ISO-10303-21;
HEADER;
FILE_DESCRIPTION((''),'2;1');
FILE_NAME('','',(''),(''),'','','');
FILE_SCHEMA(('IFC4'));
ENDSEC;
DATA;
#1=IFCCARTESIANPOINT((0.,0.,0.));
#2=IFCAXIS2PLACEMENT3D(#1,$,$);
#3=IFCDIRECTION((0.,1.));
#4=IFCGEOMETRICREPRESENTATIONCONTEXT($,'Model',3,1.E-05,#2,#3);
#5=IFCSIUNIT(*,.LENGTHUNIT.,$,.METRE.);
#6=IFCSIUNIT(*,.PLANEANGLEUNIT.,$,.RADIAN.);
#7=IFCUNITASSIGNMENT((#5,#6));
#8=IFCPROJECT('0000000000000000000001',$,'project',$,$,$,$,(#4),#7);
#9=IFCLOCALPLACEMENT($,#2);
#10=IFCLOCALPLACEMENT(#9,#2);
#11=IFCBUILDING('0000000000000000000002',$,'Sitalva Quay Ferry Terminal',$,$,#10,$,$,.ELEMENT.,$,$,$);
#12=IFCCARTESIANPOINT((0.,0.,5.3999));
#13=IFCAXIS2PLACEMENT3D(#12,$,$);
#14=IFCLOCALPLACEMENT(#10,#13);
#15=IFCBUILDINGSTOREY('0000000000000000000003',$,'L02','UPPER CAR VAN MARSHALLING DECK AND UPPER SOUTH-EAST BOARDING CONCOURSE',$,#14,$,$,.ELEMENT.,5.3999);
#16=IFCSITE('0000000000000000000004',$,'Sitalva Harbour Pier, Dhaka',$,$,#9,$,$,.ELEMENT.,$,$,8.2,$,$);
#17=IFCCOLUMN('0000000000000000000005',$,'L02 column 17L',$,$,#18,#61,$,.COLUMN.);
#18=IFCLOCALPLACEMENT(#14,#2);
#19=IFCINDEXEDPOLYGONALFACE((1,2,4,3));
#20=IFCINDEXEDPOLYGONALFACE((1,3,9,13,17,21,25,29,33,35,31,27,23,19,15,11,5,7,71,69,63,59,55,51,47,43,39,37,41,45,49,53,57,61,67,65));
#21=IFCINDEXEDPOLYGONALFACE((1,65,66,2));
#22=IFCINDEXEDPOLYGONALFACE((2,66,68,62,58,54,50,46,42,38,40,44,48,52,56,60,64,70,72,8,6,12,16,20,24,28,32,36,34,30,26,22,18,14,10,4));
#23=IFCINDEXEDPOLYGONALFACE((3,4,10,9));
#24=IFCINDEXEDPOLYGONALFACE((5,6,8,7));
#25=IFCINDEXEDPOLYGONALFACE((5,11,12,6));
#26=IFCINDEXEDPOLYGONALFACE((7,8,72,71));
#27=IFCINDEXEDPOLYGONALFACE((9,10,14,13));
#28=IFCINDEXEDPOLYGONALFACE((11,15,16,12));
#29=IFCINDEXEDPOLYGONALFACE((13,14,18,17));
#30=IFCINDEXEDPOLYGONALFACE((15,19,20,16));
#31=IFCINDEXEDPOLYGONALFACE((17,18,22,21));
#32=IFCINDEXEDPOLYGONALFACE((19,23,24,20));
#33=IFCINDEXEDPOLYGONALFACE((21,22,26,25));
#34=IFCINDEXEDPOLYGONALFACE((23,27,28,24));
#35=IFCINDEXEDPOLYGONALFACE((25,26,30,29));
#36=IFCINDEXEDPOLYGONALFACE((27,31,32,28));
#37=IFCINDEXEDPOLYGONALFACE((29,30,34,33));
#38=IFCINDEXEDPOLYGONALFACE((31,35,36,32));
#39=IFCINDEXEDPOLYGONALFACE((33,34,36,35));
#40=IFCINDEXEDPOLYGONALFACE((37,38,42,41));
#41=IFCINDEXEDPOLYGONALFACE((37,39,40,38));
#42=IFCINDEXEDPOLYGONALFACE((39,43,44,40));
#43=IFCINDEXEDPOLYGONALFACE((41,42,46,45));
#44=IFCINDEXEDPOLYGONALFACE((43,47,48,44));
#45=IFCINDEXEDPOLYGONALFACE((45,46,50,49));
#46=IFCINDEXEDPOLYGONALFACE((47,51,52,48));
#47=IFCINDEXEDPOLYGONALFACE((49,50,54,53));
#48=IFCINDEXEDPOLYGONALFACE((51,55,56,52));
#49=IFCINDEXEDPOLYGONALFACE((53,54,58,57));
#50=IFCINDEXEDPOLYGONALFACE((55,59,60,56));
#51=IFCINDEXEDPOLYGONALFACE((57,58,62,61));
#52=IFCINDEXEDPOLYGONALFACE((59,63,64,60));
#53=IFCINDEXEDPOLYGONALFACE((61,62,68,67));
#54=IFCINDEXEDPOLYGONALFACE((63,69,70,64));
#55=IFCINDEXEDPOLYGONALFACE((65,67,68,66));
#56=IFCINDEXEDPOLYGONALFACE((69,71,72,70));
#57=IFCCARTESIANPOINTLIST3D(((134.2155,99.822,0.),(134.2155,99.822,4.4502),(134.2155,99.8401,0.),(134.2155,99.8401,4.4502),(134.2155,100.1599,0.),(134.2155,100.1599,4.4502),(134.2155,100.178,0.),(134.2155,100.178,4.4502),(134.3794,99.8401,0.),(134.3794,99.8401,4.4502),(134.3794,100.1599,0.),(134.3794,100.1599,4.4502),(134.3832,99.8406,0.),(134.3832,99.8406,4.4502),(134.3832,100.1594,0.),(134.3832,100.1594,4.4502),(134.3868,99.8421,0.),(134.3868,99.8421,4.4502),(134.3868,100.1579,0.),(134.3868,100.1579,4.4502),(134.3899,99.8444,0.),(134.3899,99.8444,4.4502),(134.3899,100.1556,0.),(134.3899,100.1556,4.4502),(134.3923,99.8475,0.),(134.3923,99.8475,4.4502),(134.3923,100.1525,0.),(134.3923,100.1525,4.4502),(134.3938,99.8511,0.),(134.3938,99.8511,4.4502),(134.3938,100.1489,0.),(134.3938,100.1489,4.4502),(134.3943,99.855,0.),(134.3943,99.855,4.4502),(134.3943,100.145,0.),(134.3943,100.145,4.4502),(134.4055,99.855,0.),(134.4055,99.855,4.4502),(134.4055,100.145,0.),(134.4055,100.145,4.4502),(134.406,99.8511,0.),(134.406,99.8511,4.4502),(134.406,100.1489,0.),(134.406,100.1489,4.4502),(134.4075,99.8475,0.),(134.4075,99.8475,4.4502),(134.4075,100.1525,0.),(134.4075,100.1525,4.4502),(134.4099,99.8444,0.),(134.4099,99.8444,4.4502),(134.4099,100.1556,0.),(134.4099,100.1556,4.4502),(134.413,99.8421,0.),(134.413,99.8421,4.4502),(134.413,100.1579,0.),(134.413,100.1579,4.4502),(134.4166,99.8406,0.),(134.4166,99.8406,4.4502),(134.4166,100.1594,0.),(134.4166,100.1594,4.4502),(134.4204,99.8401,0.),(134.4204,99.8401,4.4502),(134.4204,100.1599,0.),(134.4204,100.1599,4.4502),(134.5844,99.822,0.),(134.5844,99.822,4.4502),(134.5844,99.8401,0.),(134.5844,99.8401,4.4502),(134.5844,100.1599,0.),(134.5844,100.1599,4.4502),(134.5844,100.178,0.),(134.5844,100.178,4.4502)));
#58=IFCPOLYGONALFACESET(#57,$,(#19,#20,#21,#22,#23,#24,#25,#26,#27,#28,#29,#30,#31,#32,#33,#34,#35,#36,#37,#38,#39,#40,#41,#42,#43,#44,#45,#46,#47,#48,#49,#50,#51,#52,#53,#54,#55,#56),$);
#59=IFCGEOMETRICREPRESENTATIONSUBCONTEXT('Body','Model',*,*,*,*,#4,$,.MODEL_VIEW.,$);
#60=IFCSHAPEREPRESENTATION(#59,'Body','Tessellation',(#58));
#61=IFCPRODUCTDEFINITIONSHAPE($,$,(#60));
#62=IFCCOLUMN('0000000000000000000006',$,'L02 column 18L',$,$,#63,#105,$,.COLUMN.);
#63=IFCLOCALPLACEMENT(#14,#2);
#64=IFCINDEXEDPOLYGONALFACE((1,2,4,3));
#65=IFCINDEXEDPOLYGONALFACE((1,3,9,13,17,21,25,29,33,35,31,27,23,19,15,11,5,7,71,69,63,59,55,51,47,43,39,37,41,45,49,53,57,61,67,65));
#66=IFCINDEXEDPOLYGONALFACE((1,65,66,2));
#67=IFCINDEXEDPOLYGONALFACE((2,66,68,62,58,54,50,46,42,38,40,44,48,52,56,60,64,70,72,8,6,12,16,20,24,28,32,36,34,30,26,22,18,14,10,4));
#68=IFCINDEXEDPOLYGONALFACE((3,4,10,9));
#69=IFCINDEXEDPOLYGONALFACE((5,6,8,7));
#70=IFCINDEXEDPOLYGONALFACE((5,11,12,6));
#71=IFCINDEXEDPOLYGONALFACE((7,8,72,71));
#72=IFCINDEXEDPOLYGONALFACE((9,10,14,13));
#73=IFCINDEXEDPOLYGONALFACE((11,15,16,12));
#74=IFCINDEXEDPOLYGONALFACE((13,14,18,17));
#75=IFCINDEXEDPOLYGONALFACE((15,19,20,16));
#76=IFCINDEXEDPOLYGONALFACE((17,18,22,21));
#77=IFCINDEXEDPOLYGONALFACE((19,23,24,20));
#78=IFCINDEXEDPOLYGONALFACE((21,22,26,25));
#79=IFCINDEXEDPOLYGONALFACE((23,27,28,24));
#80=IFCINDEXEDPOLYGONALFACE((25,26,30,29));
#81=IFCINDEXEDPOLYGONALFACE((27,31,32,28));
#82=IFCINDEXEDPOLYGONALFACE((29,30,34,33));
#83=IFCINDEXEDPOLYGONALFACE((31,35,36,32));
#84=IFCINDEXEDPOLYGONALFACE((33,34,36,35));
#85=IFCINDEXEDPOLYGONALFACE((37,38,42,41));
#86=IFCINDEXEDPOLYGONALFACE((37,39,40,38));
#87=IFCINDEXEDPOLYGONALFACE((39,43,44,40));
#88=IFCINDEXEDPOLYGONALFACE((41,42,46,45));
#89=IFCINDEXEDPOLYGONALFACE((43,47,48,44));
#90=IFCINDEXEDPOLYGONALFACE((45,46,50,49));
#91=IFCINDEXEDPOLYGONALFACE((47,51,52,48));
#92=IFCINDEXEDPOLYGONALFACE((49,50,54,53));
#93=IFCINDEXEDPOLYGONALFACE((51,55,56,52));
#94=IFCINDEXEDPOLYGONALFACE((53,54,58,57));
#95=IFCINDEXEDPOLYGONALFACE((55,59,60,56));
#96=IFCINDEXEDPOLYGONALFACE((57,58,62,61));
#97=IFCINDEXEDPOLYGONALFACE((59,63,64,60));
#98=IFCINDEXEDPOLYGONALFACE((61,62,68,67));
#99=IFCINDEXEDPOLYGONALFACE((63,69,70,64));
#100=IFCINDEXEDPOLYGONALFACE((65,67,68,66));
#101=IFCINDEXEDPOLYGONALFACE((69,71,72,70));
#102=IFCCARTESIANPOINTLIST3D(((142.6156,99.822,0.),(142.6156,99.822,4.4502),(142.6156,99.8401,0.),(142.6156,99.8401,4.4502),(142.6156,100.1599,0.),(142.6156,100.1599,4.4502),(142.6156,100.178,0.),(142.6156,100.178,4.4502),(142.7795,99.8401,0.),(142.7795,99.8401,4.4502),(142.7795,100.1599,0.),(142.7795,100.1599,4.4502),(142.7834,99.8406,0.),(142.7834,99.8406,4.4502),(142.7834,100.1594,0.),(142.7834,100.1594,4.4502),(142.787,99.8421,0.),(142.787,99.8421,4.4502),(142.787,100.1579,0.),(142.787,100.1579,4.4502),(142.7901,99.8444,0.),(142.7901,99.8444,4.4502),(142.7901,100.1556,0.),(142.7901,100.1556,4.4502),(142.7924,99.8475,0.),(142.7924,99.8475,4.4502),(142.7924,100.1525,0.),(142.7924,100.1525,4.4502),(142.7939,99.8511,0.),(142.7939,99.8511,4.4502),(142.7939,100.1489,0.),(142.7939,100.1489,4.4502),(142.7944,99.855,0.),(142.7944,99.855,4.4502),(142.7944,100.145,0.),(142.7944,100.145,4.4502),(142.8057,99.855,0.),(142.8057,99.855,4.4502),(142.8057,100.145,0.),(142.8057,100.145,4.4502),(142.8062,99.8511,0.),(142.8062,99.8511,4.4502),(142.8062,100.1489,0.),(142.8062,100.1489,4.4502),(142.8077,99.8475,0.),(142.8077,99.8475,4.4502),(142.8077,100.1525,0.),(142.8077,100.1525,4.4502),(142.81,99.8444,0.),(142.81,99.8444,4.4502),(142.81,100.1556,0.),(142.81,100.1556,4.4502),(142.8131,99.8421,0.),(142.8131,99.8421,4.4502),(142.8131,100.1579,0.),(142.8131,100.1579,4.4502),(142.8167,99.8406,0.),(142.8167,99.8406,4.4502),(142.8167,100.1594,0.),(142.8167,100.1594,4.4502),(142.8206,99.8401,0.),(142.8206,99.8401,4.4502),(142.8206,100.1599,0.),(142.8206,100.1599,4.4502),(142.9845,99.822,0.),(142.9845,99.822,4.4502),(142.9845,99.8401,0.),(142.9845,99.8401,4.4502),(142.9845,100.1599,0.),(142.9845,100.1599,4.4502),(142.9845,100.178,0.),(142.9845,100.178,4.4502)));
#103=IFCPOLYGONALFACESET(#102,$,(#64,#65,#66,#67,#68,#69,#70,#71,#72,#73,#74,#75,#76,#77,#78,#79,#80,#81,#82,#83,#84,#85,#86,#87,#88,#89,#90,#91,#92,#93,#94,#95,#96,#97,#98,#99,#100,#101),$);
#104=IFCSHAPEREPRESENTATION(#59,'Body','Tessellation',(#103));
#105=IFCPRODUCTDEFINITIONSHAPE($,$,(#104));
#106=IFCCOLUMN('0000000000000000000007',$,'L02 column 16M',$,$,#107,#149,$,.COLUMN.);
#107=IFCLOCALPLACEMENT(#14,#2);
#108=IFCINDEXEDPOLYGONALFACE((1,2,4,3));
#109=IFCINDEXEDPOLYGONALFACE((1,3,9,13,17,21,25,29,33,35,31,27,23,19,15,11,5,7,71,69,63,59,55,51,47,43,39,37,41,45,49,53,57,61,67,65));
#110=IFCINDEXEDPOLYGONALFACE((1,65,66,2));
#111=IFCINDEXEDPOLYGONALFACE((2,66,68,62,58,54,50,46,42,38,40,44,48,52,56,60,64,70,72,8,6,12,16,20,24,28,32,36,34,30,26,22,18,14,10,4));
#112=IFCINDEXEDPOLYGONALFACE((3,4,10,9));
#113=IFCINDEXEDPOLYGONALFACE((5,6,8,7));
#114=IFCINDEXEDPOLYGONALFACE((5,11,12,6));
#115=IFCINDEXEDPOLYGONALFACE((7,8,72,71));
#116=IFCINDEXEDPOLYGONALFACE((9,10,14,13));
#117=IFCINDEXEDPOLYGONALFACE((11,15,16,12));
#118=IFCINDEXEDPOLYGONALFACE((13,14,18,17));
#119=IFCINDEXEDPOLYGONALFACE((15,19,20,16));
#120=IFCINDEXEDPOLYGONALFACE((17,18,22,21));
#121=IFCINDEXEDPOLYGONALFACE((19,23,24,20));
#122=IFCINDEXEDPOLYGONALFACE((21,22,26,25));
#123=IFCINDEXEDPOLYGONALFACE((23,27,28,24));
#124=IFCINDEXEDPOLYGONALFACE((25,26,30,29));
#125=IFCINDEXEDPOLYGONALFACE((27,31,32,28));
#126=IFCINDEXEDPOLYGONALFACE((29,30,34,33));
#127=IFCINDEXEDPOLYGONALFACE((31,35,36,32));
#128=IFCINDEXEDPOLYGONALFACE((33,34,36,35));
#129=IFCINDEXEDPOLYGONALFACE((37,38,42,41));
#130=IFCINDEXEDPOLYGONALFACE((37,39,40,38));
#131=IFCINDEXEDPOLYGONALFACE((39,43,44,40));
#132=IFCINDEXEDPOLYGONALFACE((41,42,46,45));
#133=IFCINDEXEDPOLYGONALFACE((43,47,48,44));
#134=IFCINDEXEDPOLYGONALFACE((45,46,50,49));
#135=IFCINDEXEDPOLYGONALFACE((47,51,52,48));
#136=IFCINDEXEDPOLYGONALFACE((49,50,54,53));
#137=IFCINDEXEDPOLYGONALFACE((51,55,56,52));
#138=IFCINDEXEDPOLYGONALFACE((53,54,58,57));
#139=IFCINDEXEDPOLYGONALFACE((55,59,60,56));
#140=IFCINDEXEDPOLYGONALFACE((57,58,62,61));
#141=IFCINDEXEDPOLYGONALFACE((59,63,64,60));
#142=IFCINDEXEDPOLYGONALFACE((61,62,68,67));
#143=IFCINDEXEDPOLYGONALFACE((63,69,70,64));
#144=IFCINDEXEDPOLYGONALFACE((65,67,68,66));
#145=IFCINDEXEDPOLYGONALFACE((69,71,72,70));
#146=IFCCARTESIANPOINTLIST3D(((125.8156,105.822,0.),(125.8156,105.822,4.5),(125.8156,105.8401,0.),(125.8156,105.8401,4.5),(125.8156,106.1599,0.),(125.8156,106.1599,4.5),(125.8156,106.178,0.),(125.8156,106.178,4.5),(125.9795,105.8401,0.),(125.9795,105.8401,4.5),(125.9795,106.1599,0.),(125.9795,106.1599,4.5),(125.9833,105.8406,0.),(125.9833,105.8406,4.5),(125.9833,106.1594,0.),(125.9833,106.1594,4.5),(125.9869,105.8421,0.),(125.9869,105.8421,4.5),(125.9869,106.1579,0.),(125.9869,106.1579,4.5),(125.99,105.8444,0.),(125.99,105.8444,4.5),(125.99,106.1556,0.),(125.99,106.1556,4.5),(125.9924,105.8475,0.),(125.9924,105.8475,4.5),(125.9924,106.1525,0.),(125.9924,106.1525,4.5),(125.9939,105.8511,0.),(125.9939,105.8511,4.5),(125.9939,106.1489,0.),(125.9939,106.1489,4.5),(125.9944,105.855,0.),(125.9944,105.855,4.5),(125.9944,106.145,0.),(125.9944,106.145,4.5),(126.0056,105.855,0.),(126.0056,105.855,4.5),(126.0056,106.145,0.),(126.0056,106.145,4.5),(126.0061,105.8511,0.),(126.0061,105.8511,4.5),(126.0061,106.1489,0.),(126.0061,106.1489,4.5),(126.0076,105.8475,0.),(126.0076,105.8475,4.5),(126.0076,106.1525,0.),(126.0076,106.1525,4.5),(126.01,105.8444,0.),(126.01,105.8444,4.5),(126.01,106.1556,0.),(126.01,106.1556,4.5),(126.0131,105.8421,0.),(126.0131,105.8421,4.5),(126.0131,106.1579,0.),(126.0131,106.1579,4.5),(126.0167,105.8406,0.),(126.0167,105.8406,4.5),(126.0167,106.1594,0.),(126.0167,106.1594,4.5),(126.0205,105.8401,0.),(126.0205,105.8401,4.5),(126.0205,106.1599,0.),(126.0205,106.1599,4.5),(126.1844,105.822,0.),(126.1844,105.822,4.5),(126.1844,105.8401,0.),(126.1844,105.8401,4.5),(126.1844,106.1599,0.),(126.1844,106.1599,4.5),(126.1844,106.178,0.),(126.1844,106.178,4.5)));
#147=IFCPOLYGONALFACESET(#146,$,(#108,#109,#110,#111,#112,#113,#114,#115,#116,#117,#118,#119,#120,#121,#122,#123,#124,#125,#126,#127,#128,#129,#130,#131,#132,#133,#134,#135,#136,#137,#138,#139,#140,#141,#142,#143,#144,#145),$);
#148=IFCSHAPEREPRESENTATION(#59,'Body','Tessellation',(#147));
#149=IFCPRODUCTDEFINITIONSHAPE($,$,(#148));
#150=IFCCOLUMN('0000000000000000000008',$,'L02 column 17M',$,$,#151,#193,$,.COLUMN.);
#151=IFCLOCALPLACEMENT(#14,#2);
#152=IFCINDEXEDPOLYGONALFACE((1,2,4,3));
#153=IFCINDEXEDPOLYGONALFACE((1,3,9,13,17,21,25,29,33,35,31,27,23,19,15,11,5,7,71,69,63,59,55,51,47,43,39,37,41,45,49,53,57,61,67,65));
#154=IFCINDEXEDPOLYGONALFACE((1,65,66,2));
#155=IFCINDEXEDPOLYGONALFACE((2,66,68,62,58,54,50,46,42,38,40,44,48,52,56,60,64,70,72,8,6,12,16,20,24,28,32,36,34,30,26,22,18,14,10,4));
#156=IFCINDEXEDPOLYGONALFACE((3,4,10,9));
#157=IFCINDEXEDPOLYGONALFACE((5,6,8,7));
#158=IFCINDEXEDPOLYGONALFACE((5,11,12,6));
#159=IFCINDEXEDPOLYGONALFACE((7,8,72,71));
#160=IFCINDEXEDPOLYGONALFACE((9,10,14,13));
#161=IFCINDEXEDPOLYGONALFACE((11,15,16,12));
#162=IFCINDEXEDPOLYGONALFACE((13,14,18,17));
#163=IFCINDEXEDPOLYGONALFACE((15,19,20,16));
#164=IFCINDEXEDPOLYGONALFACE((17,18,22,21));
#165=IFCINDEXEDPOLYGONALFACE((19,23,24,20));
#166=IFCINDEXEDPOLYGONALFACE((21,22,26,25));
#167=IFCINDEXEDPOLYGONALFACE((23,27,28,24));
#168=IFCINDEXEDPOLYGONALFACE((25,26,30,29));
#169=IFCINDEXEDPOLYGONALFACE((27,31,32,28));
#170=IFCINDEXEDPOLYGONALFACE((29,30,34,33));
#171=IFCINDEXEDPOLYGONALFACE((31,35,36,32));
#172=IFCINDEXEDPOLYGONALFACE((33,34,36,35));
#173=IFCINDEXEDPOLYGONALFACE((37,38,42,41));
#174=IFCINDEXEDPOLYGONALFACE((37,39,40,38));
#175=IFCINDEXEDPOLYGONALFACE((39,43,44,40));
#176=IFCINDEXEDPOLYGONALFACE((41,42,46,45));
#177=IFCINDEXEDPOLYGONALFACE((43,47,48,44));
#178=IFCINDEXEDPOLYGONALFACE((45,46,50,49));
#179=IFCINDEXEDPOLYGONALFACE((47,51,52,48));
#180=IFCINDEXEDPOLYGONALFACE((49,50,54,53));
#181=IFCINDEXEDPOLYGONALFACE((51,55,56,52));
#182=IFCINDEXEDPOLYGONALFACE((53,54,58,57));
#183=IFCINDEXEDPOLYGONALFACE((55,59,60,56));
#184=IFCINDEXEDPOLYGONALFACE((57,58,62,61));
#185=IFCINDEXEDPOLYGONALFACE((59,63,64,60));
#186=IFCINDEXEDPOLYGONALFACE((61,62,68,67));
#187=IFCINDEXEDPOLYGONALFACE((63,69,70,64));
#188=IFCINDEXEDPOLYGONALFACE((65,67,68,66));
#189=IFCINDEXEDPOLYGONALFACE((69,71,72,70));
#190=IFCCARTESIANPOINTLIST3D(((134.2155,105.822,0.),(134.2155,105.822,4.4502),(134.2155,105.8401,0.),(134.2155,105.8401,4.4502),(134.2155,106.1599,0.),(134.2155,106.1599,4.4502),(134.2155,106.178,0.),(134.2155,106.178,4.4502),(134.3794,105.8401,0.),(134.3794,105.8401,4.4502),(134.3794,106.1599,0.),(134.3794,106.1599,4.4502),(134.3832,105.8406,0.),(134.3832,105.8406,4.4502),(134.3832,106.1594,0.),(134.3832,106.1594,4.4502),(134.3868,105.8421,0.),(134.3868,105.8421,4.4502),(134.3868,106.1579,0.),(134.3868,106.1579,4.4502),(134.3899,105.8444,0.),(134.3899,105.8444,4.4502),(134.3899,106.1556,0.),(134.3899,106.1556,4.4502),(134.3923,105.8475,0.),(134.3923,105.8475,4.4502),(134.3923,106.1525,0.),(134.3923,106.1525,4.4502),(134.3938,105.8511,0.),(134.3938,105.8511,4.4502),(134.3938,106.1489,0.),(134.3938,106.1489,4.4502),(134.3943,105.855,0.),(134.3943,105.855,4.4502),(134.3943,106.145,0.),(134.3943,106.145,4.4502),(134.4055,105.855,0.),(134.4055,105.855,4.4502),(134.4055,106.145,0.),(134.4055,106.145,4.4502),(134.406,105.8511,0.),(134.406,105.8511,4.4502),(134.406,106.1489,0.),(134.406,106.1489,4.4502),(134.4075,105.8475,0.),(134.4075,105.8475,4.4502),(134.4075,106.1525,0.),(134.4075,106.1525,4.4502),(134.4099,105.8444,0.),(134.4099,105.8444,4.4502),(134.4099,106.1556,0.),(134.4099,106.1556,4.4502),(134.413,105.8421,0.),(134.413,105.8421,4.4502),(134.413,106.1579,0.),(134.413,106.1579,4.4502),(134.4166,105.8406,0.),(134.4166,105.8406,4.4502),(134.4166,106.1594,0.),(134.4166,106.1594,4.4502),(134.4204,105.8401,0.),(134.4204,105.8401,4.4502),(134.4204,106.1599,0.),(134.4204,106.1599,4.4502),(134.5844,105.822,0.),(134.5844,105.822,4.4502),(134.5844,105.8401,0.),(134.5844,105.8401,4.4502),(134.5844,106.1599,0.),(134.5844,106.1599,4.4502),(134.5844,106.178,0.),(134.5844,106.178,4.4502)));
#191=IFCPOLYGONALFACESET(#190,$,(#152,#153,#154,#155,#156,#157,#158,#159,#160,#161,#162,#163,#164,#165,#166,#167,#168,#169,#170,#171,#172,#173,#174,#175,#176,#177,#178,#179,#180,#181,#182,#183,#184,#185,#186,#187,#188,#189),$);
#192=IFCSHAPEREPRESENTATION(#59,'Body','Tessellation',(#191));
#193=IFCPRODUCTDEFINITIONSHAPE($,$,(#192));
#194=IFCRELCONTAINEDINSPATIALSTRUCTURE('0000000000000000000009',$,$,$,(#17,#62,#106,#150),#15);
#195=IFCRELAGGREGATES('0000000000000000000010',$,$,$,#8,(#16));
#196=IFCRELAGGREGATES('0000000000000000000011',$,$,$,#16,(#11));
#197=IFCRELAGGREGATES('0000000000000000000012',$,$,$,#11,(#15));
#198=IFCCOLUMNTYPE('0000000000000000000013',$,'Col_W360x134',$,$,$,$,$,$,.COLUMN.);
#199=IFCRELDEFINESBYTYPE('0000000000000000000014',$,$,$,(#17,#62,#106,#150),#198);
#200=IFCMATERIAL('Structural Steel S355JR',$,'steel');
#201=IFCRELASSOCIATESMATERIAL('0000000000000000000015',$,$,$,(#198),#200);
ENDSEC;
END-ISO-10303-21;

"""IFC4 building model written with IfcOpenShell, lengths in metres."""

from ifc_helpers import new_model, si_unit, direction, frame, origin, origin_2d, place, context, subcontext, project, spatial, i_section, extrude, material, material_profile, profile_set, type_object, element, save


model = new_model("IFC4")

# Units and contexts
model_context = context("Model", 3, precision=1e-05, world=origin(), true_north=direction((0.0, 1.0)))
body_context = subcontext(model_context, "Body", "Model", "MODEL_VIEW")
ifc_project = project(units=[si_unit("LENGTHUNIT", "METRE"), si_unit("PLANEANGLEUNIT", "RADIAN")], contexts=[model_context])

# Site, building, storey
site_placement = place(None, origin())
site = spatial("IfcSite", under=ifc_project, at=site_placement, Name="Sitalva Harbour Pier, Dhaka", CompositionType="ELEMENT", RefElevation=8.2)
building_placement = place(site_placement, origin())
building = spatial("IfcBuilding", under=site, at=building_placement, Name="Sitalva Quay Ferry Terminal", CompositionType="ELEMENT")
storey_placement = place(building_placement, frame((0.0, 0.0, 5.3999)))
storey = spatial("IfcBuildingStorey", under=building, at=storey_placement, Name="L02", Description="UPPER CAR VAN MARSHALLING DECK AND UPPER SOUTH-EAST BOARDING CONCOURSE", CompositionType="ELEMENT", Elevation=5.3999)

# Columns
ifc_material_1 = material(Name="Structural Steel S355JR", Category="steel")
ifc_material_profile_1 = material_profile(ifc_material_1, i_section(OverallWidth=0.3689, OverallDepth=0.356, WebThickness=0.0112, FlangeThickness=0.0181, FilletRadius=0.0149, at=origin_2d()), Name="W360x134")
ifc_profile_set_1 = profile_set([ifc_material_profile_1], Name="Structural Steel S355JR")
column_type = type_object("IfcColumnType", Name="Col_W360x134", PredefinedType="COLUMN", material=ifc_profile_set_1)
for number, where, z_axis, x_axis, name in (
    (1, (134.3999, 100.0, 0.0), (0.0, 0.0, 1.0), (1.0, 0.0, 0.0), "L02 column 17L"),
    (2, (142.8, 100.0, 0.0), (0.0, 0.0, 1.0), (1.0, 0.0, 0.0), "L02 column 18L"),
):
    element("IfcColumn", number, at=place(storey_placement, frame(where, z_axis=z_axis, x_axis=x_axis)), inside=storey, type_object=column_type, Name=name, PredefinedType="COLUMN", context=body_context, shape_type="SweptSolid", body=[
        extrude(i_section(OverallWidth=0.3689, OverallDepth=0.356, WebThickness=0.0112, FlangeThickness=0.0181, FilletRadius=0.0149, at=origin_2d()), origin(), (0.0, 0.0, 1.0), 4.4502),
    ])
column_placement = place(storey_placement, frame((126.0, 106.0, 0.0), z_axis=(0.0, 0.0, 1.0), x_axis=(1.0, 0.0, 0.0)))
element("IfcColumn", 3, at=column_placement, inside=storey, type_object=column_type, Name="L02 column 16M", PredefinedType="COLUMN", context=body_context, shape_type="SweptSolid", body=[
    extrude(i_section(OverallWidth=0.3689, OverallDepth=0.356, WebThickness=0.0112, FlangeThickness=0.0181, FilletRadius=0.0149, at=origin_2d()), origin(), (0.0, 0.0, 1.0), 4.5),
])
for number, where, z_axis, x_axis, name in (
    (4, (134.3999, 106.0, 0.0), (0.0, 0.0, 1.0), (1.0, 0.0, 0.0), "L02 column 17M"),
):
    element("IfcColumn", number, at=place(storey_placement, frame(where, z_axis=z_axis, x_axis=x_axis)), inside=storey, type_object=column_type, Name=name, PredefinedType="COLUMN", context=body_context, shape_type="SweptSolid", body=[
        extrude(i_section(OverallWidth=0.3689, OverallDepth=0.356, WebThickness=0.0112, FlangeThickness=0.0181, FilletRadius=0.0149, at=origin_2d()), origin(), (0.0, 0.0, 1.0), 4.4502),
    ])

save(model, "model.ifc")
